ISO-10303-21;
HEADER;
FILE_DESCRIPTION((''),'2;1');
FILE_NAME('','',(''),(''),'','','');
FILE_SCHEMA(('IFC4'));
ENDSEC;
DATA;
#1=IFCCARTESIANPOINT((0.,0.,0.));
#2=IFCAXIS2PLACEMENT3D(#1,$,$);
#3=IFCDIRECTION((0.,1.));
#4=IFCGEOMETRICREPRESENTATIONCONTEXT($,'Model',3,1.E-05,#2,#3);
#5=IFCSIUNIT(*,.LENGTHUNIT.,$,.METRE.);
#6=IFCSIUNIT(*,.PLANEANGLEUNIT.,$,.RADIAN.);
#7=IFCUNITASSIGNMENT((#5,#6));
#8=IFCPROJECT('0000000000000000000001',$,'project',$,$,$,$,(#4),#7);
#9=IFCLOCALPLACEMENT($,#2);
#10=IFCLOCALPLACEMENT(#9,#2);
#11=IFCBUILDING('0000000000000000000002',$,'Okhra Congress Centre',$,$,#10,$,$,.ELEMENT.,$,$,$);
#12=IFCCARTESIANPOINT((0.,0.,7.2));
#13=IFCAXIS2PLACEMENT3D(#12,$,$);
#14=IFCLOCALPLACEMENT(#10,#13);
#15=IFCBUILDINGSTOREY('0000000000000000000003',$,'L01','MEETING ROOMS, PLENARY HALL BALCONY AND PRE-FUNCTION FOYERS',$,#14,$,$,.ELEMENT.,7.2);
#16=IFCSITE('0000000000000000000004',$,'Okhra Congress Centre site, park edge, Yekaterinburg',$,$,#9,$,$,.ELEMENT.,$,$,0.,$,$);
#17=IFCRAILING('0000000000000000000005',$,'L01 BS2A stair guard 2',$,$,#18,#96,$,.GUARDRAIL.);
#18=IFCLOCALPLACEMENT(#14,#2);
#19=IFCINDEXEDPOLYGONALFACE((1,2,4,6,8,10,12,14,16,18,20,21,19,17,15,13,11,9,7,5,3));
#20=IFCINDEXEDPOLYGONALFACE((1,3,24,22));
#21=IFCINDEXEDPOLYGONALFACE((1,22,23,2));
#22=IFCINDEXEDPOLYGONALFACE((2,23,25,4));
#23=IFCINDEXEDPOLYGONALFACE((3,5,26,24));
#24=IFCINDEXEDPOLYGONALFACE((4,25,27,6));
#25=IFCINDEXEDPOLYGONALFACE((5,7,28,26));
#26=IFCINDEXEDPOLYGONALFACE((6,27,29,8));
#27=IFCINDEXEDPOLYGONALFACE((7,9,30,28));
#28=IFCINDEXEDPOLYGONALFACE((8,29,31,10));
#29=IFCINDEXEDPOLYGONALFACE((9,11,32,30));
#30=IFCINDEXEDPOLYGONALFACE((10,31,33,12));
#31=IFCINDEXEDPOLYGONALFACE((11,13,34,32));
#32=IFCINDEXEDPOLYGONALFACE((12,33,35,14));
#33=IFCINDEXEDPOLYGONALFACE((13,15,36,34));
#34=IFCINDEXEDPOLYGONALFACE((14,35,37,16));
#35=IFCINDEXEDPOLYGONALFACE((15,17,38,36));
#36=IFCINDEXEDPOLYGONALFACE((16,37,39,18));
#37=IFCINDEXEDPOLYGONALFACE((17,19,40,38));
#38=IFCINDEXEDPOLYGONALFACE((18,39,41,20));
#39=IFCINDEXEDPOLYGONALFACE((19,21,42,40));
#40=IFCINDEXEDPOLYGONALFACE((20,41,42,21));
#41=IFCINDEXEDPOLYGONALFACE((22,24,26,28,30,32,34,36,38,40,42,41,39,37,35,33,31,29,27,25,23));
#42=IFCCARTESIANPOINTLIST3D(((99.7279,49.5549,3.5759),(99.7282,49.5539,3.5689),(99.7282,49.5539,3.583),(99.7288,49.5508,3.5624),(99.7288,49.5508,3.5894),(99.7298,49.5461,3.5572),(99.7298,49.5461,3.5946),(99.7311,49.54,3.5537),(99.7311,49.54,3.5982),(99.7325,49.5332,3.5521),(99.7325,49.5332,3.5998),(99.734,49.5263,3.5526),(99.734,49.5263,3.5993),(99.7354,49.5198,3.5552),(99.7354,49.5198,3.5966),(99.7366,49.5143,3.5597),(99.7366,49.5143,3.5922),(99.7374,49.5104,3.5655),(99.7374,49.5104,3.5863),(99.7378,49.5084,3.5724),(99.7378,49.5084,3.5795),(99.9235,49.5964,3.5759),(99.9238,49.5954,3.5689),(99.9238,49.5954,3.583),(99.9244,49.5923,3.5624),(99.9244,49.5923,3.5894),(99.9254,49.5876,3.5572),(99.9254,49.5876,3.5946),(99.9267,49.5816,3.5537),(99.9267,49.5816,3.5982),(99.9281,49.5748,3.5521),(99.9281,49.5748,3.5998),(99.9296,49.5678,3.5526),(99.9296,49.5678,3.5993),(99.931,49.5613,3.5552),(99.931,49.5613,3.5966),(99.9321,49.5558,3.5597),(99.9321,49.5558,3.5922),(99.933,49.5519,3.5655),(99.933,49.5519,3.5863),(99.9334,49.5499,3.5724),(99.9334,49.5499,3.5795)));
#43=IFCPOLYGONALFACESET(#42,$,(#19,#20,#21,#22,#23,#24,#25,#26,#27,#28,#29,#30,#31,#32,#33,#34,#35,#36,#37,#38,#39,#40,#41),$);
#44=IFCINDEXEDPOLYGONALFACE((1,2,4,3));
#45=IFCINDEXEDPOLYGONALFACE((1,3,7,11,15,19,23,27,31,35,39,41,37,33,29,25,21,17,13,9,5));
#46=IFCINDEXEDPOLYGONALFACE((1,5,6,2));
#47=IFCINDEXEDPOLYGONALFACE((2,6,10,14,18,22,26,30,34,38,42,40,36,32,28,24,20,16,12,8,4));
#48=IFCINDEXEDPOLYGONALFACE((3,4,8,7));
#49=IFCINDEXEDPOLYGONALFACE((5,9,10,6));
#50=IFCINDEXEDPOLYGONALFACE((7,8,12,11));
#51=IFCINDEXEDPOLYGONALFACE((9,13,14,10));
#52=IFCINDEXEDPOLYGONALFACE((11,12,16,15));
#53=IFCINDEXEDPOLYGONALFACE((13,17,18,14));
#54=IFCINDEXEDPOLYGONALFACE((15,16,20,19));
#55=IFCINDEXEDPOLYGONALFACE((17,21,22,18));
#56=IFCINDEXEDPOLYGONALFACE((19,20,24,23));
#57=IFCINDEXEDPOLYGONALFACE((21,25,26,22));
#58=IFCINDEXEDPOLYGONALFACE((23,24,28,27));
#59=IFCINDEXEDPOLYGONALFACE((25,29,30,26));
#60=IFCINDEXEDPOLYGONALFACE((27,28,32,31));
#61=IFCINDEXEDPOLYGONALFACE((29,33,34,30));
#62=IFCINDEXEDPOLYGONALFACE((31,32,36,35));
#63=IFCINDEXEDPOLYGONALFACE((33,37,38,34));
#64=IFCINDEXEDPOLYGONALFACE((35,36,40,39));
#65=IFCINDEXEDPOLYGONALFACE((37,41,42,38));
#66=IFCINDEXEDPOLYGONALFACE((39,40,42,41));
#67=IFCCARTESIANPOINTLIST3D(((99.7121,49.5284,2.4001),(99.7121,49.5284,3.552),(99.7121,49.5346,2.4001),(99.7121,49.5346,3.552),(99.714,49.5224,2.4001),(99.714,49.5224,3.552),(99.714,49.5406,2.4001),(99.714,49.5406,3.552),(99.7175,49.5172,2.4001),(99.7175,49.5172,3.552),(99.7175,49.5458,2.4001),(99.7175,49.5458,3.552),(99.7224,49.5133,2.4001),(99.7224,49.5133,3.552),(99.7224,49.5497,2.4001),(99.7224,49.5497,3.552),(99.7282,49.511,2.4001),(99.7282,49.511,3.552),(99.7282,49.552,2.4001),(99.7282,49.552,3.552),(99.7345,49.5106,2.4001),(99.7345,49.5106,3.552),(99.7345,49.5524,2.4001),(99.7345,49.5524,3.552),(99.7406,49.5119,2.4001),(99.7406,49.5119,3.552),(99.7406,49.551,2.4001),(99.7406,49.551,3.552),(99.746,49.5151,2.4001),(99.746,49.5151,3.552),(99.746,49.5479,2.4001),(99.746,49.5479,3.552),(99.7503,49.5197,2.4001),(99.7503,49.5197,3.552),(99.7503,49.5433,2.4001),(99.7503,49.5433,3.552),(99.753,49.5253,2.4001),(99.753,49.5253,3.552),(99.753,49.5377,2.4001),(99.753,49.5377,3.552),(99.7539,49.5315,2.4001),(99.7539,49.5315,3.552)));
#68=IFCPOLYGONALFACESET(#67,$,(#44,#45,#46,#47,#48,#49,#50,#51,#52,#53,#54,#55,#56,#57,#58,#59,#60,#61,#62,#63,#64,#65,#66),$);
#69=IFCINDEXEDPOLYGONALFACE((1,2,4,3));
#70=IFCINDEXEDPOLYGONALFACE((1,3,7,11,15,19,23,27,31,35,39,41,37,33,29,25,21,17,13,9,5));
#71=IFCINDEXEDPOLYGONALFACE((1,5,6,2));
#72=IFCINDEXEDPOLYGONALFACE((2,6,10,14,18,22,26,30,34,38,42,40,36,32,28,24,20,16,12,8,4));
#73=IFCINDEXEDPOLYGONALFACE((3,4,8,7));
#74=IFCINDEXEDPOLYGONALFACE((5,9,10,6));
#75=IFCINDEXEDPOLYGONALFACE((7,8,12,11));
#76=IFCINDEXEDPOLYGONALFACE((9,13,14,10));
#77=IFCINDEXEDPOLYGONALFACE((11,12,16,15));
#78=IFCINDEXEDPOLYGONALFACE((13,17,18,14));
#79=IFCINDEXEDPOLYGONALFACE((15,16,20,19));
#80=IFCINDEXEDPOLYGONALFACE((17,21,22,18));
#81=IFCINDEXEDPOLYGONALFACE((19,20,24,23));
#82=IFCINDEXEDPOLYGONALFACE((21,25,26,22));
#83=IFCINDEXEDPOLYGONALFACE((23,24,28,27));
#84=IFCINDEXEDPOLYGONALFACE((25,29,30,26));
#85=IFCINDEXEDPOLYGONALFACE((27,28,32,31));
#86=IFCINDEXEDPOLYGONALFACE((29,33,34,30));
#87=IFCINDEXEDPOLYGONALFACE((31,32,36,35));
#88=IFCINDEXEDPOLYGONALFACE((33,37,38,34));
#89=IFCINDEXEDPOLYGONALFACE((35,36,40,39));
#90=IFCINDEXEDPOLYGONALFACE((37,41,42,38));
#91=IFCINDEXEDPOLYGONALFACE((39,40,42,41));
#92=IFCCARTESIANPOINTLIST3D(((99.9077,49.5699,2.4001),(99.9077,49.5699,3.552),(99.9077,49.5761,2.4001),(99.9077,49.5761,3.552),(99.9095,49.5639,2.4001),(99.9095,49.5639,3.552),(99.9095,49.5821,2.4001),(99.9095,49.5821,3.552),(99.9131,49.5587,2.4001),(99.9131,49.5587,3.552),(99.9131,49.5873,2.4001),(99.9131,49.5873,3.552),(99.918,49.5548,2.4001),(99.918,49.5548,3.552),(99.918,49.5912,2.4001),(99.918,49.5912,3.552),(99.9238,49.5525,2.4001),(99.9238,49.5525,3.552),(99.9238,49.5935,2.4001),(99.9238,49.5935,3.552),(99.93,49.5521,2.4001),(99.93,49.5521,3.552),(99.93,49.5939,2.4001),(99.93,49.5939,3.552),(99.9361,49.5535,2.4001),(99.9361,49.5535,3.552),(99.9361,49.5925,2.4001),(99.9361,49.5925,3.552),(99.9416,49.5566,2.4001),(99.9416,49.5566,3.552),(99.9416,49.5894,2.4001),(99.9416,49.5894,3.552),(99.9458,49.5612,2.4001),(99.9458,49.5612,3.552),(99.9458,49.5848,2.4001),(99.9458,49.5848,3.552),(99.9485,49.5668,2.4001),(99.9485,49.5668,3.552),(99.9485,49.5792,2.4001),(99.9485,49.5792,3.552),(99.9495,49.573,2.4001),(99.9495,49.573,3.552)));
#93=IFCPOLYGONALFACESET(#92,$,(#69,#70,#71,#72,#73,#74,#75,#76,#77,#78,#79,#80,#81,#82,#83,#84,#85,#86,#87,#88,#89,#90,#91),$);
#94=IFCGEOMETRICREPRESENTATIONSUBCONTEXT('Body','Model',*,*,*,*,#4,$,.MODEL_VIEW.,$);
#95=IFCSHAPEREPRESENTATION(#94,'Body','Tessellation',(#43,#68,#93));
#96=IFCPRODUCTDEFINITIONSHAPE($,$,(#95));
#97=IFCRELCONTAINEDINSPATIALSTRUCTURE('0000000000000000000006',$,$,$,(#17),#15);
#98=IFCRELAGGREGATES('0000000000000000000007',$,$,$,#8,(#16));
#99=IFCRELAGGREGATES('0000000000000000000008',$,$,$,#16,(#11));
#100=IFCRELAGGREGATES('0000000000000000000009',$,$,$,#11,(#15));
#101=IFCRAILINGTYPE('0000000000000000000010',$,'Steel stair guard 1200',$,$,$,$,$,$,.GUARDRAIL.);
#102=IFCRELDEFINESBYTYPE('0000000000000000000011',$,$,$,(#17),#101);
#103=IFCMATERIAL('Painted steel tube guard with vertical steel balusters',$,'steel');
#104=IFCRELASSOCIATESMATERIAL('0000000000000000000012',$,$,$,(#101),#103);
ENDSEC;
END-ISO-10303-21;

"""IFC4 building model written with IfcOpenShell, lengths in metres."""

from ifc_helpers import new_model, si_unit, direction, frame, origin, origin_2d, place, context, subcontext, project, spatial, circle, extrude, material, type_object, element, save


model = new_model("IFC4")

# Units and contexts
model_context = context("Model", 3, precision=1e-05, world=origin(), true_north=direction((0.0, 1.0)))
body_context = subcontext(model_context, "Body", "Model", "MODEL_VIEW")
ifc_project = project(units=[si_unit("LENGTHUNIT", "METRE"), si_unit("PLANEANGLEUNIT", "RADIAN")], contexts=[model_context])

# Site, building, storey
site_placement = place(None, origin())
site = spatial("IfcSite", under=ifc_project, at=site_placement, Name="Okhra Congress Centre site, park edge, Yekaterinburg", CompositionType="ELEMENT", RefElevation=0.0)
building_placement = place(site_placement, origin())
building = spatial("IfcBuilding", under=site, at=building_placement, Name="Okhra Congress Centre", CompositionType="ELEMENT")
storey_placement = place(building_placement, frame((0.0, 0.0, 7.2)))
storey = spatial("IfcBuildingStorey", under=building, at=storey_placement, Name="L01", Description="MEETING ROOMS, PLENARY HALL BALCONY AND PRE-FUNCTION FOYERS", CompositionType="ELEMENT", Elevation=7.2)

# Railing
ifc_material_1 = material(Name="Painted steel tube guard with vertical steel balusters", Category="steel")
railing_type_1 = type_object("IfcRailingType", Name="Steel stair guard 1200", PredefinedType="GUARDRAIL", material=ifc_material_1)
railing_1_placement = place(storey_placement, frame((99.7329, 49.5315, 2.4001)))
element("IfcRailing", 1, at=railing_1_placement, inside=storey, type_object=railing_type_1, Name="L01 BS2A stair guard 2", PredefinedType="GUARDRAIL", context=body_context, shape_type="SweptSolid", body=[
    extrude(circle(Radius=0.0239, at=origin_2d()), frame((0.0, 0.0, 1.1758), z_axis=(0.978212, 0.20761, 0.0), x_axis=(-0.20761, 0.978212, 0.0)), (0.0, 0.0, 1.0), 0.2),
    extrude(circle(Radius=0.021, at=origin_2d()), origin(), (0.0, 0.0, 1.0), 1.1519),
    extrude(circle(Radius=0.021, at=origin_2d()), frame((0.1956, 0.0415, 0.0)), (0.0, 0.0, 1.0), 1.1519),
])

save(model, "model.ifc")
